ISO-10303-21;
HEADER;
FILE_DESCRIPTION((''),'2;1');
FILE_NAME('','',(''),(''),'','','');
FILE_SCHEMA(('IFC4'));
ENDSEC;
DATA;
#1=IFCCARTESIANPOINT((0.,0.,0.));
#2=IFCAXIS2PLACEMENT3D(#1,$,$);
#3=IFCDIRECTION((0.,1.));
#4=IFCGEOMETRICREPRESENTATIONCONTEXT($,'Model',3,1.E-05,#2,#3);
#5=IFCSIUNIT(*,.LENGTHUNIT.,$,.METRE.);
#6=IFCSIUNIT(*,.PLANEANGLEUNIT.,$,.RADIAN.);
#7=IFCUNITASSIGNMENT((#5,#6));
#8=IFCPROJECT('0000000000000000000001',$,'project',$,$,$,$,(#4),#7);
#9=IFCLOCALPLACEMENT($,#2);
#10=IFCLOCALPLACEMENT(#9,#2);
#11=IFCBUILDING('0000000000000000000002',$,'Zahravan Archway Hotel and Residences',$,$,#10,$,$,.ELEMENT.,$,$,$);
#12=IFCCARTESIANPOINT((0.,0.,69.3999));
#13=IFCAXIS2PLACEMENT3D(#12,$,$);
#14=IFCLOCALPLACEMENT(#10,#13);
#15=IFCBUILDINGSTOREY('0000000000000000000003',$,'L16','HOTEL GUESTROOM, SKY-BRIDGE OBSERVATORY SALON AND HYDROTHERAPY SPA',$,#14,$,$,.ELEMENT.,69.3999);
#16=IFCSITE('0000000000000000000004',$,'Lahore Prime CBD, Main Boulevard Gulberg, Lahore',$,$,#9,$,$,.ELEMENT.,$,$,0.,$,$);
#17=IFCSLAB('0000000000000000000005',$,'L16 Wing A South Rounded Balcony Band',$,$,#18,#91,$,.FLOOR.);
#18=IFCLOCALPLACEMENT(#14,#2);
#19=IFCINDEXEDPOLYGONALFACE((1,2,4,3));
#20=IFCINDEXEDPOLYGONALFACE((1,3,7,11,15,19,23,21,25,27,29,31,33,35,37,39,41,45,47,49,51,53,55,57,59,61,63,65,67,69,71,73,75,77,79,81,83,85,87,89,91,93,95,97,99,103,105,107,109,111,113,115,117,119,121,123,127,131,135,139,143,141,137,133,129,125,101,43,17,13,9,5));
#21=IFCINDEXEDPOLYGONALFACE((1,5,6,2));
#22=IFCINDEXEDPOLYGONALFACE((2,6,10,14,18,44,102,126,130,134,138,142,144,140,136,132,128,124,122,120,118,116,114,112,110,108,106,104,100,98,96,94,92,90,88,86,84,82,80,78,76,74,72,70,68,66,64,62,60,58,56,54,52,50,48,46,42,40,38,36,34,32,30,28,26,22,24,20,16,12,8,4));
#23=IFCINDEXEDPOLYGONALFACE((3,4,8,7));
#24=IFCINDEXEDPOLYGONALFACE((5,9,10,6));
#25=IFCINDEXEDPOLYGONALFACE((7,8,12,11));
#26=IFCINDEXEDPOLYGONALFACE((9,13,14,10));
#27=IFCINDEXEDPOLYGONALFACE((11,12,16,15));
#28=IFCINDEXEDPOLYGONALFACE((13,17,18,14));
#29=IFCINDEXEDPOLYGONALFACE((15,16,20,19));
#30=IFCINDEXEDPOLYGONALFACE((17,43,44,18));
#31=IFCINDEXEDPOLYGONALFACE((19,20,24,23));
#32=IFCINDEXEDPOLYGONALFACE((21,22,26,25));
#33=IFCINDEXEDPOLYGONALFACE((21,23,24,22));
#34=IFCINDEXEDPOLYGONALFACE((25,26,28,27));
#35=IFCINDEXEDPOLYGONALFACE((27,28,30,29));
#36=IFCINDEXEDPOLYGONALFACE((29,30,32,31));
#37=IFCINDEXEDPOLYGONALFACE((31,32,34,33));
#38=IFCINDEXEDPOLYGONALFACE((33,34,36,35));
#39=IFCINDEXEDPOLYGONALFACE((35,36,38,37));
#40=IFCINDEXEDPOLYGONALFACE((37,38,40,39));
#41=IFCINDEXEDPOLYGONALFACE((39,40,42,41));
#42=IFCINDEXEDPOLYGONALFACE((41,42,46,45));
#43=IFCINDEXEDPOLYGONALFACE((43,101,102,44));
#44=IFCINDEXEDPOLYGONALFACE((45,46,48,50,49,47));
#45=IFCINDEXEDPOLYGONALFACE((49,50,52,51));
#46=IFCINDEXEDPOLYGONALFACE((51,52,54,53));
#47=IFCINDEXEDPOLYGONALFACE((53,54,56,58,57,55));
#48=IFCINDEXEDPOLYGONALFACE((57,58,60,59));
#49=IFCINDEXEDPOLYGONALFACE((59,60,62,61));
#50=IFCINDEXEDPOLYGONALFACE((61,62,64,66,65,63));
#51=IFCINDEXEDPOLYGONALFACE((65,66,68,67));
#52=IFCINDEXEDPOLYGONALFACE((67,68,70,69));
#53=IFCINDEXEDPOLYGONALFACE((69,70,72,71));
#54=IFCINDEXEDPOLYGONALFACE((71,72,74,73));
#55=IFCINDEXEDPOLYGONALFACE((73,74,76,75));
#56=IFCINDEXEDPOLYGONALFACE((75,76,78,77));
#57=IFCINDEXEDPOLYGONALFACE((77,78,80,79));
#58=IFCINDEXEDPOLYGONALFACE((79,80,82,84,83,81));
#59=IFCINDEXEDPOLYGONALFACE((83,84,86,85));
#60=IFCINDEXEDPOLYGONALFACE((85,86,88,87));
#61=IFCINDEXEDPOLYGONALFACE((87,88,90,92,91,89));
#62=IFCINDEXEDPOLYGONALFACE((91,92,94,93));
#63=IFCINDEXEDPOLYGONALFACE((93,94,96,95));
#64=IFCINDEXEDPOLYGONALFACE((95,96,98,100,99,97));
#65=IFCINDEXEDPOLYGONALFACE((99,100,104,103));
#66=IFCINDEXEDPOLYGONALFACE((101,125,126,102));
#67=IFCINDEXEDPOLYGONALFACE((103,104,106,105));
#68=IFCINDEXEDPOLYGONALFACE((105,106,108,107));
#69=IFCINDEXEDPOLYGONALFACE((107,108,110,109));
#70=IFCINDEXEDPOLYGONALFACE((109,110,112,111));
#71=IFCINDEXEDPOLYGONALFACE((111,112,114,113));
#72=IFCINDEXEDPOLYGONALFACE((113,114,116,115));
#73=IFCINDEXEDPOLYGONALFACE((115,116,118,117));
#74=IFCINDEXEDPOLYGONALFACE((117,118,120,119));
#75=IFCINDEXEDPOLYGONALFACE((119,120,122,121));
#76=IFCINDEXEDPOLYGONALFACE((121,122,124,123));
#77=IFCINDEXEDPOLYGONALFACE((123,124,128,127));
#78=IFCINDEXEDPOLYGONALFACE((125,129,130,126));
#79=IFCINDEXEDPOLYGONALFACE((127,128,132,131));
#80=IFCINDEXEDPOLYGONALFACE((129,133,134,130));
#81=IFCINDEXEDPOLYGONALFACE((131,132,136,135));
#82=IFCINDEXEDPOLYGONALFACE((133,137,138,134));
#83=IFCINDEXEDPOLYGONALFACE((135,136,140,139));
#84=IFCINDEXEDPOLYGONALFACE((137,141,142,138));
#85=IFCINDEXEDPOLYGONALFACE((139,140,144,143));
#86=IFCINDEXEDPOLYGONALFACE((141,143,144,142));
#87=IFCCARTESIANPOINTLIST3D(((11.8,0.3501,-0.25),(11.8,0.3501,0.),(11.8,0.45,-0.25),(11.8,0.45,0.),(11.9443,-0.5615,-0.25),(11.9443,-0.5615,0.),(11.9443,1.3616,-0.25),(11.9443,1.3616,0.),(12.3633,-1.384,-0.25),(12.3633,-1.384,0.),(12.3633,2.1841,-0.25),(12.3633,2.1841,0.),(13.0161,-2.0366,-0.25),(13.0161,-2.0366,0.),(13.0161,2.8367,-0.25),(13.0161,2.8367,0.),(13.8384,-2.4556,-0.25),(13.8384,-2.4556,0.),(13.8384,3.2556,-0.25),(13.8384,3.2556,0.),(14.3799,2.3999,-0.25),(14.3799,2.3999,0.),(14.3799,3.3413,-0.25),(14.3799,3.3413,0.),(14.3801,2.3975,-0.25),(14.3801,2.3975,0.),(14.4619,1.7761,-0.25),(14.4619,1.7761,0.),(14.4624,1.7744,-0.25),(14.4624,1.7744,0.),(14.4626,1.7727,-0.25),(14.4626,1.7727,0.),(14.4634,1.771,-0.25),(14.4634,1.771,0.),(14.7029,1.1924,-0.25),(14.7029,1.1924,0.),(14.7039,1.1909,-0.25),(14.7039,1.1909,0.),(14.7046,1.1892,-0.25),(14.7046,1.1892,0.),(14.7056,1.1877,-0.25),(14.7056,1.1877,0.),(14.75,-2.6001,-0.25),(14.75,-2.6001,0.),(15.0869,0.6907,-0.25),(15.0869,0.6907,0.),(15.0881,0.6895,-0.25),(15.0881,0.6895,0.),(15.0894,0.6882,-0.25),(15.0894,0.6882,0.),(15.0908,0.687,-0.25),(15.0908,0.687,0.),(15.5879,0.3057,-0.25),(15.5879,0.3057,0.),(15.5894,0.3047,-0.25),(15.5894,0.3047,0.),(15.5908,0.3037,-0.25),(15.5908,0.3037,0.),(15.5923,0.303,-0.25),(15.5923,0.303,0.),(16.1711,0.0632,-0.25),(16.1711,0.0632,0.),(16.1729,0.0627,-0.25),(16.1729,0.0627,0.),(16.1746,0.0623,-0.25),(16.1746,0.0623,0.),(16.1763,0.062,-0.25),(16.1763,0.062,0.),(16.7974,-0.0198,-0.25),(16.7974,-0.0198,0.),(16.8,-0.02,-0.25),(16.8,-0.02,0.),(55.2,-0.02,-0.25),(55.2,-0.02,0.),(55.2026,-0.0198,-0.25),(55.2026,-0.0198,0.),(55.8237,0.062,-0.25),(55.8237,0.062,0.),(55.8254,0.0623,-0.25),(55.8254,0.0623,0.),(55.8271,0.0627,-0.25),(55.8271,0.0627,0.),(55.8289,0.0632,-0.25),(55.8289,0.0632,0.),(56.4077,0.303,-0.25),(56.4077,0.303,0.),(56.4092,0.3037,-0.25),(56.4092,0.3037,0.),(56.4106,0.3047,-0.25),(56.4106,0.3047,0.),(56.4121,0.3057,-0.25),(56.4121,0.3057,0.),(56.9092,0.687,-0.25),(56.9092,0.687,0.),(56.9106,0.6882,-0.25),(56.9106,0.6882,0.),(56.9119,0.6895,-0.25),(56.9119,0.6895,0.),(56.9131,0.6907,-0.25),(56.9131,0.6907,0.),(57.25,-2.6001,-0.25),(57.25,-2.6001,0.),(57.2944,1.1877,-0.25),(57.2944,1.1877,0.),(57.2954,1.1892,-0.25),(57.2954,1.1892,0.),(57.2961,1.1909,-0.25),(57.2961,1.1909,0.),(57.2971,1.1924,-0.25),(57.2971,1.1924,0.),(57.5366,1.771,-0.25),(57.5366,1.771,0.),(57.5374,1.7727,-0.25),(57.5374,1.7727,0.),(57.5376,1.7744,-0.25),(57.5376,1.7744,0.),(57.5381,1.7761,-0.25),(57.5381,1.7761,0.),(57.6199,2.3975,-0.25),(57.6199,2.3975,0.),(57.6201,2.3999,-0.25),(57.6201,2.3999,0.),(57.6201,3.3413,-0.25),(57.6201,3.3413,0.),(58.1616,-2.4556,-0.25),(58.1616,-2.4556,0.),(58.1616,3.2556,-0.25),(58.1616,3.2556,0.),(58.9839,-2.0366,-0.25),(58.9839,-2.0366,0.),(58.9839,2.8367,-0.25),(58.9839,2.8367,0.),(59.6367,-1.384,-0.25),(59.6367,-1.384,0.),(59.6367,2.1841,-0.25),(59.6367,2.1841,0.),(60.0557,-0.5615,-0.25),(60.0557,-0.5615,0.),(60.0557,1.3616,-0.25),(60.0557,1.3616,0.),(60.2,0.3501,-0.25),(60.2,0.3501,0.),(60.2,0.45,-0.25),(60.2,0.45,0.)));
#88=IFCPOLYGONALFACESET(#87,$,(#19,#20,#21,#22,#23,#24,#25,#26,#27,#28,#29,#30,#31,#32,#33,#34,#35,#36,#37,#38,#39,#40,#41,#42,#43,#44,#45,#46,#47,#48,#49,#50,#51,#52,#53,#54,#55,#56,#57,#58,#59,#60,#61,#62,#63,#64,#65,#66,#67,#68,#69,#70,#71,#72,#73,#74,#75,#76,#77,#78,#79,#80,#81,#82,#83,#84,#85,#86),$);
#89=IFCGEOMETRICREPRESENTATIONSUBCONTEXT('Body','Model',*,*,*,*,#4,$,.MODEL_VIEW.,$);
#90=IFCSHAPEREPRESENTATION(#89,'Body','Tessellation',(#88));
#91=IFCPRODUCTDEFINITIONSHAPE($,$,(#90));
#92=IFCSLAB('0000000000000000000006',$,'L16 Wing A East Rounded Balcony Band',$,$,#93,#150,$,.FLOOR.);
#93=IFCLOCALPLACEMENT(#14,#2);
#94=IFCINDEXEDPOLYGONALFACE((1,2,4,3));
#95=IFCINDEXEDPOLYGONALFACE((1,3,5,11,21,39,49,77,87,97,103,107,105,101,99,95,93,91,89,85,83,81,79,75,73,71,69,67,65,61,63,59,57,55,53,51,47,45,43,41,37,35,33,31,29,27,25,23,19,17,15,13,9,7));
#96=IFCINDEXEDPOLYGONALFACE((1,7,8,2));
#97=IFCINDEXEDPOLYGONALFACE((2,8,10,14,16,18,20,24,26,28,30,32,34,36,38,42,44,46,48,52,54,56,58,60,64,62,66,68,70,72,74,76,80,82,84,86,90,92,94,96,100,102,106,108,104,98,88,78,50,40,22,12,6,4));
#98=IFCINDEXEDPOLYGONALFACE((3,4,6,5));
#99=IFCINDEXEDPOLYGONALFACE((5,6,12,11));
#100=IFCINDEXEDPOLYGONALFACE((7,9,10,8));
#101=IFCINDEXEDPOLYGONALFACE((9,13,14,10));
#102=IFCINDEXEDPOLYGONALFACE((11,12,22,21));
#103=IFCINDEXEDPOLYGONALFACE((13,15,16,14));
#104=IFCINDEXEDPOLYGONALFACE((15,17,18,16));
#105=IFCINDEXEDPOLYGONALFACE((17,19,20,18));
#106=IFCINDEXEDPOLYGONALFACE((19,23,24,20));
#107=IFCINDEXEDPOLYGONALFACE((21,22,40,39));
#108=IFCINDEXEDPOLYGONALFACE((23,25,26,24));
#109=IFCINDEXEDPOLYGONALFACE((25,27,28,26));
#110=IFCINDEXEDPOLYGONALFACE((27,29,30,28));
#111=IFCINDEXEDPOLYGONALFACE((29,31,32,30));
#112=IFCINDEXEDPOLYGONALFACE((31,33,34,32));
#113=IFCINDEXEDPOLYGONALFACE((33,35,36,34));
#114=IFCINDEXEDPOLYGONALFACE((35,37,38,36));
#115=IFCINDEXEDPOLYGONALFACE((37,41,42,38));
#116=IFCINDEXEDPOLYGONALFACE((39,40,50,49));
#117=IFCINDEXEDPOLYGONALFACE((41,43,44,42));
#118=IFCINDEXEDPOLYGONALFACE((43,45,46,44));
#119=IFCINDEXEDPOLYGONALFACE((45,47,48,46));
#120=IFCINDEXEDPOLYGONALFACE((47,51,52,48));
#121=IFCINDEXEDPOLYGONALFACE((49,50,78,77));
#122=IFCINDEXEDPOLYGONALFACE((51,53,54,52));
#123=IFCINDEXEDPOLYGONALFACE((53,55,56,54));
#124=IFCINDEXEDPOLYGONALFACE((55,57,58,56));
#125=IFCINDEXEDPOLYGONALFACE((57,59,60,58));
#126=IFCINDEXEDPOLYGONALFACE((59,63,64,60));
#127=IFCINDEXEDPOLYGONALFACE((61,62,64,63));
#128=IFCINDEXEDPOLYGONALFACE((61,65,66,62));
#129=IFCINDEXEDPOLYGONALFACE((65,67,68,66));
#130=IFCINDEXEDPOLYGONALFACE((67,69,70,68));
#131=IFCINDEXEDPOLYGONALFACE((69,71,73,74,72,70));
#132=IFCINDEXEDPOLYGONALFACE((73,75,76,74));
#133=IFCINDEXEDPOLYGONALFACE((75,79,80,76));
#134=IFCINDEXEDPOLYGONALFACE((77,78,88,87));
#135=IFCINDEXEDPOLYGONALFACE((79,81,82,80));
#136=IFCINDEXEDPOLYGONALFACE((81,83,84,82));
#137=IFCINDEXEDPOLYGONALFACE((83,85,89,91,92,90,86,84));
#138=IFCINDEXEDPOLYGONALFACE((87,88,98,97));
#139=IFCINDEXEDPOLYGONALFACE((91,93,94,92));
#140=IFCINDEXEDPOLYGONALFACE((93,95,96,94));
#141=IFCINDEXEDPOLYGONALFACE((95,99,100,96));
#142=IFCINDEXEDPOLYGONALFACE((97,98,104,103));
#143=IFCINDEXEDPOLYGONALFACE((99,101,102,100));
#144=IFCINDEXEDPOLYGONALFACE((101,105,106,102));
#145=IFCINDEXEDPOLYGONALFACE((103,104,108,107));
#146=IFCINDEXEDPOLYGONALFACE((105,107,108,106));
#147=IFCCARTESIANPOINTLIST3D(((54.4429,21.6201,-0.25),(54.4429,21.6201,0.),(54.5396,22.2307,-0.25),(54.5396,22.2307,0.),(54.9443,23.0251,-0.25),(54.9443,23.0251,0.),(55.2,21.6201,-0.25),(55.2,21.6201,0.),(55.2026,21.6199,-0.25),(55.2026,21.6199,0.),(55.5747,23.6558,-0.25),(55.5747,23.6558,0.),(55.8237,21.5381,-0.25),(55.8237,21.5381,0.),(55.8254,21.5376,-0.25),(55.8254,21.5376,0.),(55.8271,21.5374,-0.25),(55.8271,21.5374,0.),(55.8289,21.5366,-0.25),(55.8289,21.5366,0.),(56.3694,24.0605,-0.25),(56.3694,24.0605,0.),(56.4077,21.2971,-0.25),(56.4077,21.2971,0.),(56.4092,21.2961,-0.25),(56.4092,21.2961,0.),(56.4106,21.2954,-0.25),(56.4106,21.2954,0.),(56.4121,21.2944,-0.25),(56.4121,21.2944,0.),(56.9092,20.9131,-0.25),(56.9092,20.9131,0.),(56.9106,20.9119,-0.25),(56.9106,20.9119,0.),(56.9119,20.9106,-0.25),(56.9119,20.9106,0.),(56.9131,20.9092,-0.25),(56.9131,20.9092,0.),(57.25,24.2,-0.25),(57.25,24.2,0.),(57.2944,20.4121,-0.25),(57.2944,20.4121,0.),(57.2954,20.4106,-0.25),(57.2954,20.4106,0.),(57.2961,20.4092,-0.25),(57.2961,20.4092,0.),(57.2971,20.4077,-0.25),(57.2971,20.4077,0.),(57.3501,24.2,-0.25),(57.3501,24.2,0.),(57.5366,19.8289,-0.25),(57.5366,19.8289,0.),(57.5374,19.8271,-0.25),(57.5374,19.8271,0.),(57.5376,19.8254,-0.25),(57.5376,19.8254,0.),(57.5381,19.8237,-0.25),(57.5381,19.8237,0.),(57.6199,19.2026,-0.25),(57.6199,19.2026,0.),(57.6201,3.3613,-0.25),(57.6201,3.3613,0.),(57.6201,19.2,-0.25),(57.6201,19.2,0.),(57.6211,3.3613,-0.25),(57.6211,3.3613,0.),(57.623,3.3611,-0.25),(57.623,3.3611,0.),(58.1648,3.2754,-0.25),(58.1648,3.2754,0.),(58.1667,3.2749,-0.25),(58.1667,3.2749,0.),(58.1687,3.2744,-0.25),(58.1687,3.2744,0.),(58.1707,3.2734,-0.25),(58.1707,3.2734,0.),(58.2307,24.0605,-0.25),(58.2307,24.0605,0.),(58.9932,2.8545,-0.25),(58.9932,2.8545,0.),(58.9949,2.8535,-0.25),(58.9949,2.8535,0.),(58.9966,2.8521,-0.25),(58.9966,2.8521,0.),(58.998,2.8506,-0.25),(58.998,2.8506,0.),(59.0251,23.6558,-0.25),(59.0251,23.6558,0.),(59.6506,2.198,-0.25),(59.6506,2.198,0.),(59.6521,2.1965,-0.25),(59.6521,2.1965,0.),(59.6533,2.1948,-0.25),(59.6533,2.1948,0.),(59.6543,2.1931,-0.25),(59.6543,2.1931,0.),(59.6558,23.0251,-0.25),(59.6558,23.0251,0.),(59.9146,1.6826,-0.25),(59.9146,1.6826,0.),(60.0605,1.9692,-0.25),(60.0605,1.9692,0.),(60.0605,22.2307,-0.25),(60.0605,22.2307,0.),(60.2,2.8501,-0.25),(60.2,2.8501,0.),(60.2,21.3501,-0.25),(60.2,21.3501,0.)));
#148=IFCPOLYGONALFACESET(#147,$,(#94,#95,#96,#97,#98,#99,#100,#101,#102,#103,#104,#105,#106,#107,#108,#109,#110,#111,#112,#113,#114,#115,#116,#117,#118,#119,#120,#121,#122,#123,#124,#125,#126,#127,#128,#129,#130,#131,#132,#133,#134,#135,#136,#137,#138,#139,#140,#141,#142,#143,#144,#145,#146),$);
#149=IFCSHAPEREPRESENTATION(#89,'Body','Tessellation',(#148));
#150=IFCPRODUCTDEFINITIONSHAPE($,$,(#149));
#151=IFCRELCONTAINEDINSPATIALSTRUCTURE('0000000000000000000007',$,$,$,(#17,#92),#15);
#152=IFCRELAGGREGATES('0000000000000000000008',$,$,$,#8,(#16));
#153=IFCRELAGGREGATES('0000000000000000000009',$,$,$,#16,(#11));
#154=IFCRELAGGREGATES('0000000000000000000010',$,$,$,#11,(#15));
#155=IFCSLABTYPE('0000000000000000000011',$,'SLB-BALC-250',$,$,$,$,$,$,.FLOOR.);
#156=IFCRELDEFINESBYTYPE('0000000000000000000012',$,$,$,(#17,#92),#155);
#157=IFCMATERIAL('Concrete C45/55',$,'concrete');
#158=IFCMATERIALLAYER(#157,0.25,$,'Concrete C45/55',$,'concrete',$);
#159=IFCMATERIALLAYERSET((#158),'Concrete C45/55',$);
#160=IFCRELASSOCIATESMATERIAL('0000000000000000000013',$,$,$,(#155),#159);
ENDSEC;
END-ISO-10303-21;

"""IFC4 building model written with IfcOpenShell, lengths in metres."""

from ifc_helpers import new_model, si_unit, direction, frame, origin, place, context, subcontext, project, spatial, polyline, outline, extrude, material, layer, layer_set, type_object, element, save


model = new_model("IFC4")

# Units and contexts
model_context = context("Model", 3, precision=1e-05, world=origin(), true_north=direction((0.0, 1.0)))
body_context = subcontext(model_context, "Body", "Model", "MODEL_VIEW")
ifc_project = project(units=[si_unit("LENGTHUNIT", "METRE"), si_unit("PLANEANGLEUNIT", "RADIAN")], contexts=[model_context])

# Site, building, storey
site_placement = place(None, origin())
site = spatial("IfcSite", under=ifc_project, at=site_placement, Name="Lahore Prime CBD, Main Boulevard Gulberg, Lahore", CompositionType="ELEMENT", RefElevation=0.0)
building_placement = place(site_placement, origin())
building = spatial("IfcBuilding", under=site, at=building_placement, Name="Zahravan Archway Hotel and Residences", CompositionType="ELEMENT")
storey_placement = place(building_placement, frame((0.0, 0.0, 69.3999)))
storey = spatial("IfcBuildingStorey", under=building, at=storey_placement, Name="L16", Description="HOTEL GUESTROOM, SKY-BRIDGE OBSERVATORY SALON AND HYDROTHERAPY SPA", CompositionType="ELEMENT", Elevation=69.3999)

# Slabs
ifc_material_1 = material(Name="Concrete C45/55", Category="concrete")
ifc_layer_1 = layer(ifc_material_1, 0.25, Name="Concrete C45/55", Category="concrete")
ifc_layer_set_1 = layer_set([ifc_layer_1], Name="Concrete C45/55")
slab_type_1 = type_object("IfcSlabType", Name="SLB-BALC-250", PredefinedType="FLOOR", material=ifc_layer_set_1)
slab_1_placement = place(storey_placement, frame((0.0, 0.0, -0.25)))
element("IfcSlab", 1, at=slab_1_placement, inside=storey, type_object=slab_type_1, Name="L16 Wing A South Rounded Balcony Band", PredefinedType="FLOOR", context=body_context, shape_type="SweptSolid", body=[
    extrude(outline(polyline([(58.1616, 3.2556), (58.9839, 2.8367), (59.6367, 2.1841), (60.0557, 1.3616), (60.2, 0.45), (60.2, 0.3501), (60.0557, -0.5615), (59.6367, -1.384), (58.9839, -2.0366), (58.1616, -2.4556), (57.25, -2.6001), (14.75, -2.6001), (13.8384, -2.4556), (13.0161, -2.0366), (12.3633, -1.384), (11.9443, -0.5615), (11.8, 0.3501), (11.8, 0.45), (11.9443, 1.3616), (12.3633, 2.1841), (13.0161, 2.8367), (13.8384, 3.2556), (14.3799, 3.3413), (14.3799, 2.3999), (14.3801, 2.3975), (14.4619, 1.7761), (14.4624, 1.7744), (14.4626, 1.7727), (14.4634, 1.771), (14.7029, 1.1924), (14.7039, 1.1909), (14.7046, 1.1892), (14.7056, 1.1877), (15.0869, 0.6907), (15.0881, 0.6895), (15.0894, 0.6882), (15.0908, 0.687), (15.5879, 0.3057), (15.5894, 0.3047), (15.5908, 0.3037), (15.5923, 0.303), (16.1711, 0.0632), (16.1729, 0.0627), (16.1746, 0.0623), (16.1763, 0.062), (16.7974, -0.0198), (16.8, -0.02), (55.2, -0.02), (55.2026, -0.0198), (55.8237, 0.062), (55.8254, 0.0623), (55.8271, 0.0627), (55.8289, 0.0632), (56.4077, 0.303), (56.4092, 0.3037), (56.4106, 0.3047), (56.4121, 0.3057), (56.9092, 0.687), (56.9106, 0.6882), (56.9119, 0.6895), (56.9131, 0.6907), (57.2944, 1.1877), (57.2954, 1.1892), (57.2961, 1.1909), (57.2971, 1.1924), (57.5366, 1.771), (57.5374, 1.7727), (57.5376, 1.7744), (57.5381, 1.7761), (57.6199, 2.3975), (57.6201, 2.3999), (57.6201, 3.3413), (58.1616, 3.2556)])), origin(), (0.0, 0.0, 1.0), 0.25),
])
slab_2_placement = place(storey_placement, frame((0.0, 0.0, -0.25)))
element("IfcSlab", 2, at=slab_2_placement, inside=storey, type_object=slab_type_1, Name="L16 Wing A East Rounded Balcony Band", PredefinedType="FLOOR", context=body_context, shape_type="SweptSolid", body=[
    extrude(outline(polyline([(54.5396, 22.2307), (54.9443, 23.0251), (55.5747, 23.6558), (56.3694, 24.0605), (57.25, 24.2), (57.3501, 24.2), (58.2307, 24.0605), (59.0251, 23.6558), (59.6558, 23.0251), (60.0605, 22.2307), (60.2, 21.3501), (60.2, 2.8501), (60.0605, 1.9692), (59.9146, 1.6826), (59.6543, 2.1931), (59.6533, 2.1948), (59.6521, 2.1965), (59.6506, 2.198), (58.998, 2.8506), (58.9966, 2.8521), (58.9949, 2.8535), (58.9932, 2.8545), (58.1707, 3.2734), (58.1687, 3.2744), (58.1667, 3.2749), (58.1648, 3.2754), (57.623, 3.3611), (57.6211, 3.3613), (57.6201, 3.3613), (57.6201, 19.2), (57.6199, 19.2026), (57.5381, 19.8237), (57.5376, 19.8254), (57.5374, 19.8271), (57.5366, 19.8289), (57.2971, 20.4077), (57.2961, 20.4092), (57.2954, 20.4106), (57.2944, 20.4121), (56.9131, 20.9092), (56.9119, 20.9106), (56.9106, 20.9119), (56.9092, 20.9131), (56.4121, 21.2944), (56.4106, 21.2954), (56.4092, 21.2961), (56.4077, 21.2971), (55.8289, 21.5366), (55.8271, 21.5374), (55.8254, 21.5376), (55.8237, 21.5381), (55.2026, 21.6199), (55.2, 21.6201), (54.4429, 21.6201), (54.5396, 22.2307)])), origin(), (0.0, 0.0, 1.0), 0.25),
])

save(model, "model.ifc")
